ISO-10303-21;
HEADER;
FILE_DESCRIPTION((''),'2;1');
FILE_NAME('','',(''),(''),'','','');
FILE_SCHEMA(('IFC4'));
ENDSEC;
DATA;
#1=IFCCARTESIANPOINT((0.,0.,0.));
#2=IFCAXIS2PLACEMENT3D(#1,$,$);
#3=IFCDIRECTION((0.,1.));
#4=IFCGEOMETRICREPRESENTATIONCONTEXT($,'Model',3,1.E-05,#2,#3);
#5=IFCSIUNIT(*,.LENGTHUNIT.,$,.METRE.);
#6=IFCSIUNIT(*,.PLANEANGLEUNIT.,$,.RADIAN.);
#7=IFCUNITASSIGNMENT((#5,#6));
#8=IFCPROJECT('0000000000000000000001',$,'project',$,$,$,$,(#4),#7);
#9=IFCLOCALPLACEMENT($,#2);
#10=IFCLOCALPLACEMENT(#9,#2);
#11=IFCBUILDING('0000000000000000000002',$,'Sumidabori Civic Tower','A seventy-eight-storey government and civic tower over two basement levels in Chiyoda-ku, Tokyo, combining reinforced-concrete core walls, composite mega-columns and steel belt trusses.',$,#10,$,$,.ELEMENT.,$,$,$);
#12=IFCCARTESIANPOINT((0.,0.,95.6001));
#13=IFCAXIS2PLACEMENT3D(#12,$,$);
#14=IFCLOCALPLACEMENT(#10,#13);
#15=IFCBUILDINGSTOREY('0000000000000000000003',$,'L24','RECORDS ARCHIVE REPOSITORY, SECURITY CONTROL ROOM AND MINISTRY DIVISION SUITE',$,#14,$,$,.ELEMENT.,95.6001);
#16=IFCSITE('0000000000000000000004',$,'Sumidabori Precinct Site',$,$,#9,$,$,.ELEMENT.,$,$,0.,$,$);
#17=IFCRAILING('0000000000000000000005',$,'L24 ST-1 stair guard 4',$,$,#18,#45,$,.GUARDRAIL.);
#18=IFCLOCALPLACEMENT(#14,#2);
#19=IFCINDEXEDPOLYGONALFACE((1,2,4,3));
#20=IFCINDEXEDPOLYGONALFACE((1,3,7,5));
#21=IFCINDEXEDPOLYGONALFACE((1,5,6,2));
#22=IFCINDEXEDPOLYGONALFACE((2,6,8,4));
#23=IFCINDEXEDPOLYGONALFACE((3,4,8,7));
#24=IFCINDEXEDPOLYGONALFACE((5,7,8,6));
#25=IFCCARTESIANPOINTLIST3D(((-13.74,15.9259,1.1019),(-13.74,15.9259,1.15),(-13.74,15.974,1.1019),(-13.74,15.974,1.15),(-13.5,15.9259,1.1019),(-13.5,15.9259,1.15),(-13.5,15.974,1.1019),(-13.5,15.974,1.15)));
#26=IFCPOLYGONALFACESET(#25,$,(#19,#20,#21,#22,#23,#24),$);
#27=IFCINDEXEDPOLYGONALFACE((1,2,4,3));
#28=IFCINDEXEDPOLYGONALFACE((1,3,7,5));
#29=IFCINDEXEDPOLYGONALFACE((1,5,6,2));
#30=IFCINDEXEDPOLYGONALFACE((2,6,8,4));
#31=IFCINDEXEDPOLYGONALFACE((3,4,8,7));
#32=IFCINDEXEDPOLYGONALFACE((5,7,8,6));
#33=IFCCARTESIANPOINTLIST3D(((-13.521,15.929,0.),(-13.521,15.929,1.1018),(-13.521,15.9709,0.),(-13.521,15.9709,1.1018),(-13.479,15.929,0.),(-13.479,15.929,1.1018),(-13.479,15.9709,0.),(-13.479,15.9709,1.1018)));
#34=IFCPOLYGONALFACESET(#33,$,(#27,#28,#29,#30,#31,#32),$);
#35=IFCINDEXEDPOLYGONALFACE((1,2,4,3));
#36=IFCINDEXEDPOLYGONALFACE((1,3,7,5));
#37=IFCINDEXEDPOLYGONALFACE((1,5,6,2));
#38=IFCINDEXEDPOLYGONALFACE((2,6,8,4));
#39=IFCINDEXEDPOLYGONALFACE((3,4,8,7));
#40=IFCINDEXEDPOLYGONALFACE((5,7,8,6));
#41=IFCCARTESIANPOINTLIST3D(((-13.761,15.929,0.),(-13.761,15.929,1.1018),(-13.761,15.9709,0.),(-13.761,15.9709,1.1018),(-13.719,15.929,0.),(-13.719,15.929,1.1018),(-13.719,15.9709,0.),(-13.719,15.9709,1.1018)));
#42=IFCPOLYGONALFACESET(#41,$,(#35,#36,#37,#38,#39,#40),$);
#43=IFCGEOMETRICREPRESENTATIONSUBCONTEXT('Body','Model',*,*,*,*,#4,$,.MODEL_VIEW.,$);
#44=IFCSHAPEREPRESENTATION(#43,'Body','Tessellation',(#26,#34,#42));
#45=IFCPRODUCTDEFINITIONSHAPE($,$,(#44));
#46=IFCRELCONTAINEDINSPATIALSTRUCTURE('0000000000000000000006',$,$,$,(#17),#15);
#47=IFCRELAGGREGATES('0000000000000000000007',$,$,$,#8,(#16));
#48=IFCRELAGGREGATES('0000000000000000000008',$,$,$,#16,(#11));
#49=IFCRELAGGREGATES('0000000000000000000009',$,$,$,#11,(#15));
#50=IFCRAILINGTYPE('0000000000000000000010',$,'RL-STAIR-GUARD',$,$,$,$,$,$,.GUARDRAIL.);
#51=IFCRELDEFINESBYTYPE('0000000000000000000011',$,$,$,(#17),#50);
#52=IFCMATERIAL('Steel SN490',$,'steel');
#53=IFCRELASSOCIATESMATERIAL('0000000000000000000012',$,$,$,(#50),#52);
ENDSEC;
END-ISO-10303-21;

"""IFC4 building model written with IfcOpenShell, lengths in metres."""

from ifc_helpers import new_model, si_unit, direction, frame, origin, origin_2d, place, context, subcontext, project, spatial, rectangle, extrude, material, type_object, element, save


model = new_model("IFC4")

# Units and contexts
model_context = context("Model", 3, precision=1e-05, world=origin(), true_north=direction((0.0, 1.0)))
body_context = subcontext(model_context, "Body", "Model", "MODEL_VIEW")
ifc_project = project(units=[si_unit("LENGTHUNIT", "METRE"), si_unit("PLANEANGLEUNIT", "RADIAN")], contexts=[model_context])

# Site, building, storey
site_placement = place(None, origin())
site = spatial("IfcSite", under=ifc_project, at=site_placement, Name="Sumidabori Precinct Site", CompositionType="ELEMENT", RefElevation=0.0)
building_placement = place(site_placement, origin())
building = spatial("IfcBuilding", under=site, at=building_placement, Name="Sumidabori Civic Tower", Description="A seventy-eight-storey government and civic tower over two basement levels in Chiyoda-ku, Tokyo, combining reinforced-concrete core walls, composite mega-columns and steel belt trusses.", CompositionType="ELEMENT")
storey_placement = place(building_placement, frame((0.0, 0.0, 95.6001)))
storey = spatial("IfcBuildingStorey", under=building, at=storey_placement, Name="L24", Description="RECORDS ARCHIVE REPOSITORY, SECURITY CONTROL ROOM AND MINISTRY DIVISION SUITE", CompositionType="ELEMENT", Elevation=95.6001)

# Shared definitions
ifc_material_1 = material(Name="Steel SN490", Category="steel")

# Railing
railing_type = type_object("IfcRailingType", Name="RL-STAIR-GUARD", PredefinedType="GUARDRAIL", material=ifc_material_1)
railing_1_placement = place(storey_placement, frame((-13.5, 15.95, 0.0)))
element("IfcRailing", 1, at=railing_1_placement, inside=storey, type_object=railing_type, Name="L24 ST-1 stair guard 4", PredefinedType="GUARDRAIL", context=body_context, shape_type="SweptSolid", body=[
    extrude(rectangle(XDim=0.0481, YDim=0.0481, at=origin_2d()), frame((0.0, 0.0, 1.126), z_axis=(-1.0, 0.0, 0.0), x_axis=(0.0, -1.0, 0.0)), (0.0, 0.0, 1.0), 0.24),
    extrude(rectangle(XDim=0.042, YDim=0.042, at=origin_2d()), origin(), (0.0, 0.0, 1.0), 1.1018),
    extrude(rectangle(XDim=0.042, YDim=0.042, at=origin_2d()), frame((-0.24, 0.0, 0.0)), (0.0, 0.0, 1.0), 1.1018),
])

save(model, "model.ifc")
